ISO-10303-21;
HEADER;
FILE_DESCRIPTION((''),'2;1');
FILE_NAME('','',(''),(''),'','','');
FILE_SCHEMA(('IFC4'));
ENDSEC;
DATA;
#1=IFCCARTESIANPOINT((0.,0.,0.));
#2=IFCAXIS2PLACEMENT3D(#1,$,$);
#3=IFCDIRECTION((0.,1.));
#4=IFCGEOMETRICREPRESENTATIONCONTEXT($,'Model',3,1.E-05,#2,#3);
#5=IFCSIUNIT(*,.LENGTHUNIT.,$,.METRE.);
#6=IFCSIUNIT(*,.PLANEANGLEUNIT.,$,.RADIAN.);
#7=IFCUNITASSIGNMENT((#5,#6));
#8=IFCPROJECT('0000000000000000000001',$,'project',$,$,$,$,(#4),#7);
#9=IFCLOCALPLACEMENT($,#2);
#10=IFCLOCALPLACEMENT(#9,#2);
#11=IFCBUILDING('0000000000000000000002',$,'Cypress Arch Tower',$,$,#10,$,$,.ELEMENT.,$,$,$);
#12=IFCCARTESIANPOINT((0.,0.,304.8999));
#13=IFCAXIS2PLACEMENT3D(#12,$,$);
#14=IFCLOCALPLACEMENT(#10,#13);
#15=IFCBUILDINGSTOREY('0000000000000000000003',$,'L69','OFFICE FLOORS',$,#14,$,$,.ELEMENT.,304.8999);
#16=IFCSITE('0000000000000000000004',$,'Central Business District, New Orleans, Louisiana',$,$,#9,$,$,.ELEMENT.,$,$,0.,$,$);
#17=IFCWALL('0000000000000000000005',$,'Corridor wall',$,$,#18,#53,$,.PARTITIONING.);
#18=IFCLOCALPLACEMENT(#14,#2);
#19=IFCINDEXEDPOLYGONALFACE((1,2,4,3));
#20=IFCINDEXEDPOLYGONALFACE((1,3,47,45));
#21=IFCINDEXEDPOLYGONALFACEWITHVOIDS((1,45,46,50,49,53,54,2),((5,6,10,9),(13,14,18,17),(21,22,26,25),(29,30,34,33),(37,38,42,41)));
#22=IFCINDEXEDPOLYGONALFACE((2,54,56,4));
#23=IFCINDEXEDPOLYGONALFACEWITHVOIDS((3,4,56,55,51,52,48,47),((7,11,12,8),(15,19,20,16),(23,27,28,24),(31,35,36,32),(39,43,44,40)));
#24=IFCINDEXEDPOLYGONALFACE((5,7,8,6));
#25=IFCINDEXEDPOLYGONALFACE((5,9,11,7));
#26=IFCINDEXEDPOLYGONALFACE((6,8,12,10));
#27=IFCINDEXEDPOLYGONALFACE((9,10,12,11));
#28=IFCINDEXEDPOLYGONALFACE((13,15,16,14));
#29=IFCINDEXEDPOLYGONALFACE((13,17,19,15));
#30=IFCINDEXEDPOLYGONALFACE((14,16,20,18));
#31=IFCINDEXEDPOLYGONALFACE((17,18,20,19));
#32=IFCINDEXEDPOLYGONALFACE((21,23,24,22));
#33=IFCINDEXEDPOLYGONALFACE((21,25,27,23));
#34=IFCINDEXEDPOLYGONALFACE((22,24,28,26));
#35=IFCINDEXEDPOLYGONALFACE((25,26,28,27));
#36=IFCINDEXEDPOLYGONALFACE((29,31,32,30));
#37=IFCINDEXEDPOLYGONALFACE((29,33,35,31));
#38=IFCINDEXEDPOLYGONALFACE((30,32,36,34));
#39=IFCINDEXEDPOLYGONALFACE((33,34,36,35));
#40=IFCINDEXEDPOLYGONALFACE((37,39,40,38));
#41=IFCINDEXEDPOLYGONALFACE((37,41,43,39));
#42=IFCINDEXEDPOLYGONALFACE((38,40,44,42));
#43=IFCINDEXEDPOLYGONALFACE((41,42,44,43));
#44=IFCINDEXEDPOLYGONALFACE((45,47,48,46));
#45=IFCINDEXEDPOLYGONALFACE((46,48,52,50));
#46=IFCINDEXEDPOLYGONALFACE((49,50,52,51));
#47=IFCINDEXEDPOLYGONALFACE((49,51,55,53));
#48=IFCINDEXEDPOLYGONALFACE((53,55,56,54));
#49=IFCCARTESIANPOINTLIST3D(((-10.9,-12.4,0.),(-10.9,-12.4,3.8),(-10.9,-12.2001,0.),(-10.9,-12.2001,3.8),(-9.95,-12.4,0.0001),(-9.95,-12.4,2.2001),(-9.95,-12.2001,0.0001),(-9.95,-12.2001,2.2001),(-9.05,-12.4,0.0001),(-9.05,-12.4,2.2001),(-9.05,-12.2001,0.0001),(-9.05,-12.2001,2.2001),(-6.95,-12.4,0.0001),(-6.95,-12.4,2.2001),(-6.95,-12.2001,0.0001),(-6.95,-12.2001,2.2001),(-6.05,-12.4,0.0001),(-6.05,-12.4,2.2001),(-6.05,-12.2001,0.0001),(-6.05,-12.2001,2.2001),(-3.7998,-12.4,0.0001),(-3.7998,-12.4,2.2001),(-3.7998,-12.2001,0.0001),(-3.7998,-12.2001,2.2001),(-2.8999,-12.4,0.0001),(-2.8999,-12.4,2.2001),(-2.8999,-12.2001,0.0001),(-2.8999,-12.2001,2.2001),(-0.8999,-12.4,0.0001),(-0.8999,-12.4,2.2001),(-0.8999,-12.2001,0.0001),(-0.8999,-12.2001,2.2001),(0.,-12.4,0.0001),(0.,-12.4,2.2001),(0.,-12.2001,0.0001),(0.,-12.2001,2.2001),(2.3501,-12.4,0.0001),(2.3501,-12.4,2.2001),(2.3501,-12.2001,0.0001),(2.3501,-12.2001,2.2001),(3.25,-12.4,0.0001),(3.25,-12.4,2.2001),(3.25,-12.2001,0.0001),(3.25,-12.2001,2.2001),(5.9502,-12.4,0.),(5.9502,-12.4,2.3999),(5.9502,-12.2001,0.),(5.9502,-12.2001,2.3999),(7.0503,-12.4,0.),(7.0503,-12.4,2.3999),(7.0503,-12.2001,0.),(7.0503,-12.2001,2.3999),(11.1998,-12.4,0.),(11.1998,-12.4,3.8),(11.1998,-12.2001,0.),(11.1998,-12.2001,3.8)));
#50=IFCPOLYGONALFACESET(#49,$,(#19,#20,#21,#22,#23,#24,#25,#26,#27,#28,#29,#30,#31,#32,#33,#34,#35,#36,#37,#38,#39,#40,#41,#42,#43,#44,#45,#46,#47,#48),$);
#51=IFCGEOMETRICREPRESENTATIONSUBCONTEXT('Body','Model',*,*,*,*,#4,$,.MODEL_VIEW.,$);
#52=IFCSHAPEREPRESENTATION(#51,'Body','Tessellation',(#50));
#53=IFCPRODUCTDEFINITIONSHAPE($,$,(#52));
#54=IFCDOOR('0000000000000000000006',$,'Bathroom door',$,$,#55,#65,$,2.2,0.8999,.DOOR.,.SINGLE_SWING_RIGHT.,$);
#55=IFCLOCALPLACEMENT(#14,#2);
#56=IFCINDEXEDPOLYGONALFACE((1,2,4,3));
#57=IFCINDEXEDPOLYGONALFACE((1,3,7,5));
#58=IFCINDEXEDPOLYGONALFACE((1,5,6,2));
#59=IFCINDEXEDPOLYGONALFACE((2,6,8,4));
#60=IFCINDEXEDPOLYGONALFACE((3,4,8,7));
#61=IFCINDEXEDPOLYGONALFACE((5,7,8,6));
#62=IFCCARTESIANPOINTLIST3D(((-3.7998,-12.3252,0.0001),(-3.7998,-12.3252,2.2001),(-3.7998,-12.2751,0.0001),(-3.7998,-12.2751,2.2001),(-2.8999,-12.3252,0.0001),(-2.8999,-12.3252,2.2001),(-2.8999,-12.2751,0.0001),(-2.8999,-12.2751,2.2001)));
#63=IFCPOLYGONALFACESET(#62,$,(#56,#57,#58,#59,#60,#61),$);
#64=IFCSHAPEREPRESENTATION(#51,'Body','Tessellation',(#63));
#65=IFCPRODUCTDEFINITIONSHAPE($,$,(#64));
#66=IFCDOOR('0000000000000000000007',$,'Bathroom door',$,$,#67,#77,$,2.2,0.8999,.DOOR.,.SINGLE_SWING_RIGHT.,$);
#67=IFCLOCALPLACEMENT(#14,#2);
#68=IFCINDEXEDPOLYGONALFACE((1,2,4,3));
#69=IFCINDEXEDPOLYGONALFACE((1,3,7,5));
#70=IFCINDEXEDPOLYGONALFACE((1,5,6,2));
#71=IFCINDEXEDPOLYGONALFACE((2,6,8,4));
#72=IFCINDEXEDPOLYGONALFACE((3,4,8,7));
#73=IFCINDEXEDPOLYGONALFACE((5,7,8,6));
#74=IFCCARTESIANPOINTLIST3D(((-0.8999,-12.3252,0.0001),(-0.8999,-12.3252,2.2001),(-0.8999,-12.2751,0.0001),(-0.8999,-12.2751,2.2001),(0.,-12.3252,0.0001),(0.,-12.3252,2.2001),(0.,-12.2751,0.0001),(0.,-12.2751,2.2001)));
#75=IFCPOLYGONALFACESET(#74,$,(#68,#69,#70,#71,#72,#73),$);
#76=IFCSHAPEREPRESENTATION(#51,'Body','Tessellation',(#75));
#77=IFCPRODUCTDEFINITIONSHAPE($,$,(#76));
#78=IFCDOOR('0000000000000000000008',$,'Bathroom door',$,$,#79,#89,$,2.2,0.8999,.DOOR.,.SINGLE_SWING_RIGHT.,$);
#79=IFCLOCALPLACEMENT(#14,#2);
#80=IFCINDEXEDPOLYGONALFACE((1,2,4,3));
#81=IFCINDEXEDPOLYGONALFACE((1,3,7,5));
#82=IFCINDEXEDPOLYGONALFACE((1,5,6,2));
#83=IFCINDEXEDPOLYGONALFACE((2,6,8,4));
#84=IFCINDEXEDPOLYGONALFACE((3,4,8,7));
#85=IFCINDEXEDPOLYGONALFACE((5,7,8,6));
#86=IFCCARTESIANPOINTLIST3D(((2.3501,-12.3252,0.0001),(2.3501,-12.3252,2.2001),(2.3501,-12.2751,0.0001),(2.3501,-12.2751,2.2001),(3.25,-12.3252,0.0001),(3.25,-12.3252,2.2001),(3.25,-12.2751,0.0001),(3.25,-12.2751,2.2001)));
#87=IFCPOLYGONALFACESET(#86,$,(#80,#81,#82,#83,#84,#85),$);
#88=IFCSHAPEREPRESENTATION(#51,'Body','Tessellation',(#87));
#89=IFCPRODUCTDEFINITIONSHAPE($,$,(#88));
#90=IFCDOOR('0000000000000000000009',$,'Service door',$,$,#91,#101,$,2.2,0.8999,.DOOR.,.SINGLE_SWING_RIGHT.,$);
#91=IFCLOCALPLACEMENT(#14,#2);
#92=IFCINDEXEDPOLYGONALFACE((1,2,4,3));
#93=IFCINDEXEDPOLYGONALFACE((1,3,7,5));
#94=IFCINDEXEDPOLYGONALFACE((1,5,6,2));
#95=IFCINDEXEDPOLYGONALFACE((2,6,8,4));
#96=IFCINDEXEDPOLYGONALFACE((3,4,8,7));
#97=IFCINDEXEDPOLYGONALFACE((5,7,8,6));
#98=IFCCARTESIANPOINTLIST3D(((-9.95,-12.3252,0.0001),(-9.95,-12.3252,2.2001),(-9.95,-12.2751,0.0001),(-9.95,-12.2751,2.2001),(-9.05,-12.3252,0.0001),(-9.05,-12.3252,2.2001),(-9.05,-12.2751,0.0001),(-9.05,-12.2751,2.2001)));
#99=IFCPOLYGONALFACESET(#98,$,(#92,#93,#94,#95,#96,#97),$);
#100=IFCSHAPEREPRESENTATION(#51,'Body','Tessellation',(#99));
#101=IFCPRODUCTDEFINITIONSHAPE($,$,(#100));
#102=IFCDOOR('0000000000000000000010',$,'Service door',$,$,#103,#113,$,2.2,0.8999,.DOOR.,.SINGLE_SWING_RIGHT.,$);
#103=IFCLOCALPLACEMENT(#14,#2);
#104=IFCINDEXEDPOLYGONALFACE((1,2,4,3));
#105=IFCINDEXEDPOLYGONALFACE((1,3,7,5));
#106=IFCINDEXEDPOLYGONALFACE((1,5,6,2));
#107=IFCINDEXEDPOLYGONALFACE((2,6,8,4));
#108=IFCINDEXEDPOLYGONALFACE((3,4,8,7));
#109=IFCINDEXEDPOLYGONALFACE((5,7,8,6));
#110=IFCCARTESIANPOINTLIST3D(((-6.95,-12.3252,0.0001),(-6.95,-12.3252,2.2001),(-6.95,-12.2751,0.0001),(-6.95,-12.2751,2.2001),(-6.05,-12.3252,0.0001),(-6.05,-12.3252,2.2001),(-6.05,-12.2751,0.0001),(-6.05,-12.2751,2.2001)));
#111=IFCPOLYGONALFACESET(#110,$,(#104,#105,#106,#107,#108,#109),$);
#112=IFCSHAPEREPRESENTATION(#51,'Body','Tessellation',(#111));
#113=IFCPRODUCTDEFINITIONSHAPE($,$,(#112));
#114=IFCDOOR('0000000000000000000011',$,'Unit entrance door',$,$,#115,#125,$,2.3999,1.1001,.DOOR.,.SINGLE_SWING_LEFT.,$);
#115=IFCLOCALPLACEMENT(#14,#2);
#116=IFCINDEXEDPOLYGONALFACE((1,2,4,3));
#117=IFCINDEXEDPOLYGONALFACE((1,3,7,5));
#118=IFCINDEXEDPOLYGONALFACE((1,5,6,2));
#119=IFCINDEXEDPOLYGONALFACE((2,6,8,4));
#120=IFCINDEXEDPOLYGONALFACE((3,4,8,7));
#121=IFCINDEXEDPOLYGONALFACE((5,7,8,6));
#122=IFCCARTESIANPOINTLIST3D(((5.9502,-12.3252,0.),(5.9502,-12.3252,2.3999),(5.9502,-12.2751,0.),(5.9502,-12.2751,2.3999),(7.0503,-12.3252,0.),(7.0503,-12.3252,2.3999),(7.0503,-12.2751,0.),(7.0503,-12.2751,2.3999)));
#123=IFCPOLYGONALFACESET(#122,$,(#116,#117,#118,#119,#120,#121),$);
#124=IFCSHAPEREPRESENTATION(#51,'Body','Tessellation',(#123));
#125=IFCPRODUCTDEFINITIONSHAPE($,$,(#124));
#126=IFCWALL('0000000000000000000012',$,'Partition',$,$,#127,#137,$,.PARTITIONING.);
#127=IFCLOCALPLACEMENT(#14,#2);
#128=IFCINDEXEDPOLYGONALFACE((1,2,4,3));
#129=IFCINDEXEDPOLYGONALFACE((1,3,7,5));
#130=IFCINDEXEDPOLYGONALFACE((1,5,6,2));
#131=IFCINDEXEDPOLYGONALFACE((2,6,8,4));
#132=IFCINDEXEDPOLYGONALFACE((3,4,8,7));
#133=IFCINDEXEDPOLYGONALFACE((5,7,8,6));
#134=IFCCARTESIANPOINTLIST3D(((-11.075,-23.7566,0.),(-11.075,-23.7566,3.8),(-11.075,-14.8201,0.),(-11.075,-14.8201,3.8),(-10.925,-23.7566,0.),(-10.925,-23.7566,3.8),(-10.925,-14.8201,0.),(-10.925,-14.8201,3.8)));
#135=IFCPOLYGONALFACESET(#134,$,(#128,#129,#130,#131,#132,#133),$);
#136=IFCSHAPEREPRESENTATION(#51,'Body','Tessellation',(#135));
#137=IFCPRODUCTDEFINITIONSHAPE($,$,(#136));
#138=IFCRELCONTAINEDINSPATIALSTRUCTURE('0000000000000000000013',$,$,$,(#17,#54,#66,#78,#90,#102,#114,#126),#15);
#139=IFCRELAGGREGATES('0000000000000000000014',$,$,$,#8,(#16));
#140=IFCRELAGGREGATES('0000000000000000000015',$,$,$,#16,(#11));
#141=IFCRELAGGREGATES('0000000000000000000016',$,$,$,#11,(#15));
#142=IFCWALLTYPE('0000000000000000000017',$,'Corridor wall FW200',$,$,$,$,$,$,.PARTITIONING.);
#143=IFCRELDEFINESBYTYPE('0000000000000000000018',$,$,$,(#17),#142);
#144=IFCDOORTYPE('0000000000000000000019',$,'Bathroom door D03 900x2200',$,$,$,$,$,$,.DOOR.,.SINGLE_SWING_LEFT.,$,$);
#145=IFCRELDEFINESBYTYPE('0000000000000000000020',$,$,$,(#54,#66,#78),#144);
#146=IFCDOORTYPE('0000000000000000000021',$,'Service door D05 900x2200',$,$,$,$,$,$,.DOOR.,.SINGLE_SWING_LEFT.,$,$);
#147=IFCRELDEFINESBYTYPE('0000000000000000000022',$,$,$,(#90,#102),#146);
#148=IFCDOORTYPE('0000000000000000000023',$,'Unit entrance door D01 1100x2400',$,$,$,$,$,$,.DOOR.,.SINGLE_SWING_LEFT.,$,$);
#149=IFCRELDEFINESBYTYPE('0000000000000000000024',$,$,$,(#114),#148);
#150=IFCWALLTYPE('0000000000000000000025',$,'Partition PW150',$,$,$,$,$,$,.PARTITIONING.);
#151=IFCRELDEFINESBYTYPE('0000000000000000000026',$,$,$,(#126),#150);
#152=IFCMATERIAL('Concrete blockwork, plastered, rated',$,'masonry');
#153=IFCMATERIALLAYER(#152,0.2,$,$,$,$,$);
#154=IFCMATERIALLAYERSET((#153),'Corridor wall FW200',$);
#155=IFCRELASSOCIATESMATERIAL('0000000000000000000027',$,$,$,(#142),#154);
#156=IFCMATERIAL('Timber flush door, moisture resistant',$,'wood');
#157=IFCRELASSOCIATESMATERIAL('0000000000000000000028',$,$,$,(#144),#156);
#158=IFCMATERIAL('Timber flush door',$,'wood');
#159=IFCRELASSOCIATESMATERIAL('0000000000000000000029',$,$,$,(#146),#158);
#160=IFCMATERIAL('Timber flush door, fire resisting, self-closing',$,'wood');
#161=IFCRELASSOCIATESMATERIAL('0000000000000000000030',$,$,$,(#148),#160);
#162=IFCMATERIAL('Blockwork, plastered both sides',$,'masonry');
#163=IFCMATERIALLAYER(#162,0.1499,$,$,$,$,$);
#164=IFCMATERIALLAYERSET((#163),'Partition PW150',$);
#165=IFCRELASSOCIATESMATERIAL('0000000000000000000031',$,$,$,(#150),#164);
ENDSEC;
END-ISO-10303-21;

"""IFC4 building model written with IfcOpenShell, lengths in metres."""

from ifc_helpers import new_model, si_unit, direction, frame, frame_2d, origin, place, context, subcontext, project, spatial, rectangle, extrude, material, layer, layer_set, type_object, element, fill, save


model = new_model("IFC4")

# Units and contexts
model_context = context("Model", 3, precision=1e-05, world=origin(), true_north=direction((0.0, 1.0)))
body_context = subcontext(model_context, "Body", "Model", "MODEL_VIEW")
ifc_project = project(units=[si_unit("LENGTHUNIT", "METRE"), si_unit("PLANEANGLEUNIT", "RADIAN")], contexts=[model_context])

# Site, building, storey
site_placement = place(None, origin())
site = spatial("IfcSite", under=ifc_project, at=site_placement, Name="Central Business District, New Orleans, Louisiana", CompositionType="ELEMENT", RefElevation=0.0)
building_placement = place(site_placement, origin())
building = spatial("IfcBuilding", under=site, at=building_placement, Name="Cypress Arch Tower", CompositionType="ELEMENT")
storey_placement = place(building_placement, frame((0.0, 0.0, 304.8999)))
storey = spatial("IfcBuildingStorey", under=building, at=storey_placement, Name="L69", Description="OFFICE FLOORS", CompositionType="ELEMENT", Elevation=304.8999)

# Shared definitions
ifc_material_1 = material(Name="Concrete blockwork, plastered, rated", Category="masonry")
ifc_layer_1 = layer(ifc_material_1, 0.2)
ifc_layer_set_1 = layer_set([ifc_layer_1], Name="Corridor wall FW200")
wall_type_1 = type_object("IfcWallType", Name="Corridor wall FW200", PredefinedType="PARTITIONING", material=ifc_layer_set_1)

# Wall, openings, doors
wall_1_placement = place(storey_placement, frame((-10.8999, -12.3, 0.0), z_axis=(0.0, 0.0, 1.0), x_axis=(1.0, 0.0, 0.0)))
wall_1 = element("IfcWall", 1, at=wall_1_placement, inside=storey, type_object=wall_type_1, Name="Corridor wall", PredefinedType="PARTITIONING", context=body_context, shape_type="SweptSolid", body=[
    extrude(rectangle(XDim=22.0999, YDim=0.2, at=frame_2d((11.0498, 0.0))), origin(), (0.0, 0.0, 1.0), 3.8),
])
opening_1_placement = place(wall_1_placement, frame((0.95, 0.0, 0.0)))
opening_1 = element("IfcOpeningElement", 2, at=opening_1_placement, cuts=wall_1, PredefinedType="OPENING", context=body_context, shape_type="SweptSolid", body=[
    extrude(rectangle(XDim=0.8999, YDim=2.2, at=frame_2d((0.45, 1.1001))), frame((0.0, 0.1099, 0.0), z_axis=(0.0, -1.0, 0.0), x_axis=(1.0, 0.0, 0.0)), (0.0, 0.0, 1.0), 0.22),
])
opening_2_placement = place(wall_1_placement, frame((3.95, 0.0, 0.0)))
opening_2 = element("IfcOpeningElement", 3, at=opening_2_placement, cuts=wall_1, PredefinedType="OPENING", context=body_context, shape_type="SweptSolid", body=[
    extrude(rectangle(XDim=0.8999, YDim=2.2, at=frame_2d((0.45, 1.1001))), frame((0.0, 0.1099, 0.0), z_axis=(0.0, -1.0, 0.0), x_axis=(1.0, 0.0, 0.0)), (0.0, 0.0, 1.0), 0.22),
])
opening_3_placement = place(wall_1_placement, frame((7.1001, 0.0, 0.0)))
opening_3 = element("IfcOpeningElement", 4, at=opening_3_placement, cuts=wall_1, PredefinedType="OPENING", context=body_context, shape_type="SweptSolid", body=[
    extrude(rectangle(XDim=0.8999, YDim=2.2, at=frame_2d((0.45, 1.1001))), frame((0.0, 0.1099, 0.0), z_axis=(0.0, -1.0, 0.0), x_axis=(1.0, 0.0, 0.0)), (0.0, 0.0, 1.0), 0.22),
])
opening_4_placement = place(wall_1_placement, frame((10.0, 0.0, 0.0)))
opening_4 = element("IfcOpeningElement", 5, at=opening_4_placement, cuts=wall_1, PredefinedType="OPENING", context=body_context, shape_type="SweptSolid", body=[
    extrude(rectangle(XDim=0.8999, YDim=2.2, at=frame_2d((0.45, 1.1001))), frame((0.0, 0.1099, 0.0), z_axis=(0.0, -1.0, 0.0), x_axis=(1.0, 0.0, 0.0)), (0.0, 0.0, 1.0), 0.22),
])
opening_5_placement = place(wall_1_placement, frame((13.25, 0.0, 0.0)))
opening_5 = element("IfcOpeningElement", 6, at=opening_5_placement, cuts=wall_1, PredefinedType="OPENING", context=body_context, shape_type="SweptSolid", body=[
    extrude(rectangle(XDim=0.8999, YDim=2.2, at=frame_2d((0.45, 1.1001))), frame((0.0, 0.1099, 0.0), z_axis=(0.0, -1.0, 0.0), x_axis=(1.0, 0.0, 0.0)), (0.0, 0.0, 1.0), 0.22),
])
opening_6_placement = place(wall_1_placement, frame((16.8501, 0.0, 0.0)))
opening_6 = element("IfcOpeningElement", 7, at=opening_6_placement, cuts=wall_1, PredefinedType="OPENING", context=body_context, shape_type="SweptSolid", body=[
    extrude(rectangle(XDim=1.1001, YDim=2.3999, at=frame_2d((0.55, 1.2))), frame((0.0, 0.1099, 0.0), z_axis=(0.0, -1.0, 0.0), x_axis=(1.0, 0.0, 0.0)), (0.0, 0.0, 1.0), 0.22),
])
ifc_material_2 = material(Name="Timber flush door, moisture resistant", Category="wood")
door_type_1 = type_object("IfcDoorType", Name="Bathroom door D03 900x2200", OperationType="SINGLE_SWING_LEFT", PredefinedType="DOOR", material=ifc_material_2)
door_1_placement = place(opening_3_placement, origin())
door_1 = element("IfcDoor", 8, at=door_1_placement, inside=storey, type_object=door_type_1, Name="Bathroom door", OperationType="SINGLE_SWING_RIGHT", OverallHeight=2.2, OverallWidth=0.8999, PredefinedType="DOOR", context=body_context, shape_type="SweptSolid", body=[
    extrude(rectangle(XDim=0.8999, YDim=2.2, at=frame_2d((0.45, 1.1001))), frame((0.0, 0.0249, 0.0), z_axis=(0.0, -1.0, 0.0), x_axis=(1.0, 0.0, 0.0)), (0.0, 0.0, 1.0), 0.05),
])
fill(opening_3, door_1)
door_2_placement = place(opening_4_placement, origin())
door_2 = element("IfcDoor", 9, at=door_2_placement, inside=storey, type_object=door_type_1, Name="Bathroom door", OperationType="SINGLE_SWING_RIGHT", OverallHeight=2.2, OverallWidth=0.8999, PredefinedType="DOOR", context=body_context, shape_type="SweptSolid", body=[
    extrude(rectangle(XDim=0.8999, YDim=2.2, at=frame_2d((0.45, 1.1001))), frame((0.0, 0.0249, 0.0), z_axis=(0.0, -1.0, 0.0), x_axis=(1.0, 0.0, 0.0)), (0.0, 0.0, 1.0), 0.05),
])
fill(opening_4, door_2)
door_3_placement = place(opening_5_placement, origin())
door_3 = element("IfcDoor", 10, at=door_3_placement, inside=storey, type_object=door_type_1, Name="Bathroom door", OperationType="SINGLE_SWING_RIGHT", OverallHeight=2.2, OverallWidth=0.8999, PredefinedType="DOOR", context=body_context, shape_type="SweptSolid", body=[
    extrude(rectangle(XDim=0.8999, YDim=2.2, at=frame_2d((0.45, 1.1001))), frame((0.0, 0.0249, 0.0), z_axis=(0.0, -1.0, 0.0), x_axis=(1.0, 0.0, 0.0)), (0.0, 0.0, 1.0), 0.05),
])
fill(opening_5, door_3)
ifc_material_3 = material(Name="Timber flush door", Category="wood")
door_type_2 = type_object("IfcDoorType", Name="Service door D05 900x2200", OperationType="SINGLE_SWING_LEFT", PredefinedType="DOOR", material=ifc_material_3)
door_4_placement = place(opening_1_placement, origin())
door_4 = element("IfcDoor", 11, at=door_4_placement, inside=storey, type_object=door_type_2, Name="Service door", OperationType="SINGLE_SWING_RIGHT", OverallHeight=2.2, OverallWidth=0.8999, PredefinedType="DOOR", context=body_context, shape_type="SweptSolid", body=[
    extrude(rectangle(XDim=0.8999, YDim=2.2, at=frame_2d((0.45, 1.1001))), frame((0.0, 0.0249, 0.0), z_axis=(0.0, -1.0, 0.0), x_axis=(1.0, 0.0, 0.0)), (0.0, 0.0, 1.0), 0.05),
])
fill(opening_1, door_4)
door_5_placement = place(opening_2_placement, origin())
door_5 = element("IfcDoor", 12, at=door_5_placement, inside=storey, type_object=door_type_2, Name="Service door", OperationType="SINGLE_SWING_RIGHT", OverallHeight=2.2, OverallWidth=0.8999, PredefinedType="DOOR", context=body_context, shape_type="SweptSolid", body=[
    extrude(rectangle(XDim=0.8999, YDim=2.2, at=frame_2d((0.45, 1.1001))), frame((0.0, 0.0249, 0.0), z_axis=(0.0, -1.0, 0.0), x_axis=(1.0, 0.0, 0.0)), (0.0, 0.0, 1.0), 0.05),
])
fill(opening_2, door_5)
ifc_material_4 = material(Name="Timber flush door, fire resisting, self-closing", Category="wood")
door_type_3 = type_object("IfcDoorType", Name="Unit entrance door D01 1100x2400", OperationType="SINGLE_SWING_LEFT", PredefinedType="DOOR", material=ifc_material_4)
door_6_placement = place(opening_6_placement, origin())
door_6 = element("IfcDoor", 13, at=door_6_placement, inside=storey, type_object=door_type_3, Name="Unit entrance door", OperationType="SINGLE_SWING_LEFT", OverallHeight=2.3999, OverallWidth=1.1001, PredefinedType="DOOR", context=body_context, shape_type="SweptSolid", body=[
    extrude(rectangle(XDim=1.1001, YDim=2.3999, at=frame_2d((0.55, 1.2))), frame((0.0, 0.0249, 0.0), z_axis=(0.0, -1.0, 0.0), x_axis=(1.0, 0.0, 0.0)), (0.0, 0.0, 1.0), 0.05),
])
fill(opening_6, door_6)

# Wall
ifc_material_5 = material(Name="Blockwork, plastered both sides", Category="masonry")
ifc_layer_2 = layer(ifc_material_5, 0.1499)
ifc_layer_set_2 = layer_set([ifc_layer_2], Name="Partition PW150")
wall_type_2 = type_object("IfcWallType", Name="Partition PW150", PredefinedType="PARTITIONING", material=ifc_layer_set_2)
wall_2_placement = place(storey_placement, frame((-11.0, -23.7566, 0.0), z_axis=(0.0, 0.0, 1.0), x_axis=(0.0, 1.0, 0.0)))
element("IfcWall", 14, at=wall_2_placement, inside=storey, type_object=wall_type_2, Name="Partition", PredefinedType="PARTITIONING", context=body_context, shape_type="SweptSolid", body=[
    extrude(rectangle(XDim=8.9365, YDim=0.1499, at=frame_2d((4.4683, 0.0))), origin(), (0.0, 0.0, 1.0), 3.8),
])

save(model, "model.ifc")
